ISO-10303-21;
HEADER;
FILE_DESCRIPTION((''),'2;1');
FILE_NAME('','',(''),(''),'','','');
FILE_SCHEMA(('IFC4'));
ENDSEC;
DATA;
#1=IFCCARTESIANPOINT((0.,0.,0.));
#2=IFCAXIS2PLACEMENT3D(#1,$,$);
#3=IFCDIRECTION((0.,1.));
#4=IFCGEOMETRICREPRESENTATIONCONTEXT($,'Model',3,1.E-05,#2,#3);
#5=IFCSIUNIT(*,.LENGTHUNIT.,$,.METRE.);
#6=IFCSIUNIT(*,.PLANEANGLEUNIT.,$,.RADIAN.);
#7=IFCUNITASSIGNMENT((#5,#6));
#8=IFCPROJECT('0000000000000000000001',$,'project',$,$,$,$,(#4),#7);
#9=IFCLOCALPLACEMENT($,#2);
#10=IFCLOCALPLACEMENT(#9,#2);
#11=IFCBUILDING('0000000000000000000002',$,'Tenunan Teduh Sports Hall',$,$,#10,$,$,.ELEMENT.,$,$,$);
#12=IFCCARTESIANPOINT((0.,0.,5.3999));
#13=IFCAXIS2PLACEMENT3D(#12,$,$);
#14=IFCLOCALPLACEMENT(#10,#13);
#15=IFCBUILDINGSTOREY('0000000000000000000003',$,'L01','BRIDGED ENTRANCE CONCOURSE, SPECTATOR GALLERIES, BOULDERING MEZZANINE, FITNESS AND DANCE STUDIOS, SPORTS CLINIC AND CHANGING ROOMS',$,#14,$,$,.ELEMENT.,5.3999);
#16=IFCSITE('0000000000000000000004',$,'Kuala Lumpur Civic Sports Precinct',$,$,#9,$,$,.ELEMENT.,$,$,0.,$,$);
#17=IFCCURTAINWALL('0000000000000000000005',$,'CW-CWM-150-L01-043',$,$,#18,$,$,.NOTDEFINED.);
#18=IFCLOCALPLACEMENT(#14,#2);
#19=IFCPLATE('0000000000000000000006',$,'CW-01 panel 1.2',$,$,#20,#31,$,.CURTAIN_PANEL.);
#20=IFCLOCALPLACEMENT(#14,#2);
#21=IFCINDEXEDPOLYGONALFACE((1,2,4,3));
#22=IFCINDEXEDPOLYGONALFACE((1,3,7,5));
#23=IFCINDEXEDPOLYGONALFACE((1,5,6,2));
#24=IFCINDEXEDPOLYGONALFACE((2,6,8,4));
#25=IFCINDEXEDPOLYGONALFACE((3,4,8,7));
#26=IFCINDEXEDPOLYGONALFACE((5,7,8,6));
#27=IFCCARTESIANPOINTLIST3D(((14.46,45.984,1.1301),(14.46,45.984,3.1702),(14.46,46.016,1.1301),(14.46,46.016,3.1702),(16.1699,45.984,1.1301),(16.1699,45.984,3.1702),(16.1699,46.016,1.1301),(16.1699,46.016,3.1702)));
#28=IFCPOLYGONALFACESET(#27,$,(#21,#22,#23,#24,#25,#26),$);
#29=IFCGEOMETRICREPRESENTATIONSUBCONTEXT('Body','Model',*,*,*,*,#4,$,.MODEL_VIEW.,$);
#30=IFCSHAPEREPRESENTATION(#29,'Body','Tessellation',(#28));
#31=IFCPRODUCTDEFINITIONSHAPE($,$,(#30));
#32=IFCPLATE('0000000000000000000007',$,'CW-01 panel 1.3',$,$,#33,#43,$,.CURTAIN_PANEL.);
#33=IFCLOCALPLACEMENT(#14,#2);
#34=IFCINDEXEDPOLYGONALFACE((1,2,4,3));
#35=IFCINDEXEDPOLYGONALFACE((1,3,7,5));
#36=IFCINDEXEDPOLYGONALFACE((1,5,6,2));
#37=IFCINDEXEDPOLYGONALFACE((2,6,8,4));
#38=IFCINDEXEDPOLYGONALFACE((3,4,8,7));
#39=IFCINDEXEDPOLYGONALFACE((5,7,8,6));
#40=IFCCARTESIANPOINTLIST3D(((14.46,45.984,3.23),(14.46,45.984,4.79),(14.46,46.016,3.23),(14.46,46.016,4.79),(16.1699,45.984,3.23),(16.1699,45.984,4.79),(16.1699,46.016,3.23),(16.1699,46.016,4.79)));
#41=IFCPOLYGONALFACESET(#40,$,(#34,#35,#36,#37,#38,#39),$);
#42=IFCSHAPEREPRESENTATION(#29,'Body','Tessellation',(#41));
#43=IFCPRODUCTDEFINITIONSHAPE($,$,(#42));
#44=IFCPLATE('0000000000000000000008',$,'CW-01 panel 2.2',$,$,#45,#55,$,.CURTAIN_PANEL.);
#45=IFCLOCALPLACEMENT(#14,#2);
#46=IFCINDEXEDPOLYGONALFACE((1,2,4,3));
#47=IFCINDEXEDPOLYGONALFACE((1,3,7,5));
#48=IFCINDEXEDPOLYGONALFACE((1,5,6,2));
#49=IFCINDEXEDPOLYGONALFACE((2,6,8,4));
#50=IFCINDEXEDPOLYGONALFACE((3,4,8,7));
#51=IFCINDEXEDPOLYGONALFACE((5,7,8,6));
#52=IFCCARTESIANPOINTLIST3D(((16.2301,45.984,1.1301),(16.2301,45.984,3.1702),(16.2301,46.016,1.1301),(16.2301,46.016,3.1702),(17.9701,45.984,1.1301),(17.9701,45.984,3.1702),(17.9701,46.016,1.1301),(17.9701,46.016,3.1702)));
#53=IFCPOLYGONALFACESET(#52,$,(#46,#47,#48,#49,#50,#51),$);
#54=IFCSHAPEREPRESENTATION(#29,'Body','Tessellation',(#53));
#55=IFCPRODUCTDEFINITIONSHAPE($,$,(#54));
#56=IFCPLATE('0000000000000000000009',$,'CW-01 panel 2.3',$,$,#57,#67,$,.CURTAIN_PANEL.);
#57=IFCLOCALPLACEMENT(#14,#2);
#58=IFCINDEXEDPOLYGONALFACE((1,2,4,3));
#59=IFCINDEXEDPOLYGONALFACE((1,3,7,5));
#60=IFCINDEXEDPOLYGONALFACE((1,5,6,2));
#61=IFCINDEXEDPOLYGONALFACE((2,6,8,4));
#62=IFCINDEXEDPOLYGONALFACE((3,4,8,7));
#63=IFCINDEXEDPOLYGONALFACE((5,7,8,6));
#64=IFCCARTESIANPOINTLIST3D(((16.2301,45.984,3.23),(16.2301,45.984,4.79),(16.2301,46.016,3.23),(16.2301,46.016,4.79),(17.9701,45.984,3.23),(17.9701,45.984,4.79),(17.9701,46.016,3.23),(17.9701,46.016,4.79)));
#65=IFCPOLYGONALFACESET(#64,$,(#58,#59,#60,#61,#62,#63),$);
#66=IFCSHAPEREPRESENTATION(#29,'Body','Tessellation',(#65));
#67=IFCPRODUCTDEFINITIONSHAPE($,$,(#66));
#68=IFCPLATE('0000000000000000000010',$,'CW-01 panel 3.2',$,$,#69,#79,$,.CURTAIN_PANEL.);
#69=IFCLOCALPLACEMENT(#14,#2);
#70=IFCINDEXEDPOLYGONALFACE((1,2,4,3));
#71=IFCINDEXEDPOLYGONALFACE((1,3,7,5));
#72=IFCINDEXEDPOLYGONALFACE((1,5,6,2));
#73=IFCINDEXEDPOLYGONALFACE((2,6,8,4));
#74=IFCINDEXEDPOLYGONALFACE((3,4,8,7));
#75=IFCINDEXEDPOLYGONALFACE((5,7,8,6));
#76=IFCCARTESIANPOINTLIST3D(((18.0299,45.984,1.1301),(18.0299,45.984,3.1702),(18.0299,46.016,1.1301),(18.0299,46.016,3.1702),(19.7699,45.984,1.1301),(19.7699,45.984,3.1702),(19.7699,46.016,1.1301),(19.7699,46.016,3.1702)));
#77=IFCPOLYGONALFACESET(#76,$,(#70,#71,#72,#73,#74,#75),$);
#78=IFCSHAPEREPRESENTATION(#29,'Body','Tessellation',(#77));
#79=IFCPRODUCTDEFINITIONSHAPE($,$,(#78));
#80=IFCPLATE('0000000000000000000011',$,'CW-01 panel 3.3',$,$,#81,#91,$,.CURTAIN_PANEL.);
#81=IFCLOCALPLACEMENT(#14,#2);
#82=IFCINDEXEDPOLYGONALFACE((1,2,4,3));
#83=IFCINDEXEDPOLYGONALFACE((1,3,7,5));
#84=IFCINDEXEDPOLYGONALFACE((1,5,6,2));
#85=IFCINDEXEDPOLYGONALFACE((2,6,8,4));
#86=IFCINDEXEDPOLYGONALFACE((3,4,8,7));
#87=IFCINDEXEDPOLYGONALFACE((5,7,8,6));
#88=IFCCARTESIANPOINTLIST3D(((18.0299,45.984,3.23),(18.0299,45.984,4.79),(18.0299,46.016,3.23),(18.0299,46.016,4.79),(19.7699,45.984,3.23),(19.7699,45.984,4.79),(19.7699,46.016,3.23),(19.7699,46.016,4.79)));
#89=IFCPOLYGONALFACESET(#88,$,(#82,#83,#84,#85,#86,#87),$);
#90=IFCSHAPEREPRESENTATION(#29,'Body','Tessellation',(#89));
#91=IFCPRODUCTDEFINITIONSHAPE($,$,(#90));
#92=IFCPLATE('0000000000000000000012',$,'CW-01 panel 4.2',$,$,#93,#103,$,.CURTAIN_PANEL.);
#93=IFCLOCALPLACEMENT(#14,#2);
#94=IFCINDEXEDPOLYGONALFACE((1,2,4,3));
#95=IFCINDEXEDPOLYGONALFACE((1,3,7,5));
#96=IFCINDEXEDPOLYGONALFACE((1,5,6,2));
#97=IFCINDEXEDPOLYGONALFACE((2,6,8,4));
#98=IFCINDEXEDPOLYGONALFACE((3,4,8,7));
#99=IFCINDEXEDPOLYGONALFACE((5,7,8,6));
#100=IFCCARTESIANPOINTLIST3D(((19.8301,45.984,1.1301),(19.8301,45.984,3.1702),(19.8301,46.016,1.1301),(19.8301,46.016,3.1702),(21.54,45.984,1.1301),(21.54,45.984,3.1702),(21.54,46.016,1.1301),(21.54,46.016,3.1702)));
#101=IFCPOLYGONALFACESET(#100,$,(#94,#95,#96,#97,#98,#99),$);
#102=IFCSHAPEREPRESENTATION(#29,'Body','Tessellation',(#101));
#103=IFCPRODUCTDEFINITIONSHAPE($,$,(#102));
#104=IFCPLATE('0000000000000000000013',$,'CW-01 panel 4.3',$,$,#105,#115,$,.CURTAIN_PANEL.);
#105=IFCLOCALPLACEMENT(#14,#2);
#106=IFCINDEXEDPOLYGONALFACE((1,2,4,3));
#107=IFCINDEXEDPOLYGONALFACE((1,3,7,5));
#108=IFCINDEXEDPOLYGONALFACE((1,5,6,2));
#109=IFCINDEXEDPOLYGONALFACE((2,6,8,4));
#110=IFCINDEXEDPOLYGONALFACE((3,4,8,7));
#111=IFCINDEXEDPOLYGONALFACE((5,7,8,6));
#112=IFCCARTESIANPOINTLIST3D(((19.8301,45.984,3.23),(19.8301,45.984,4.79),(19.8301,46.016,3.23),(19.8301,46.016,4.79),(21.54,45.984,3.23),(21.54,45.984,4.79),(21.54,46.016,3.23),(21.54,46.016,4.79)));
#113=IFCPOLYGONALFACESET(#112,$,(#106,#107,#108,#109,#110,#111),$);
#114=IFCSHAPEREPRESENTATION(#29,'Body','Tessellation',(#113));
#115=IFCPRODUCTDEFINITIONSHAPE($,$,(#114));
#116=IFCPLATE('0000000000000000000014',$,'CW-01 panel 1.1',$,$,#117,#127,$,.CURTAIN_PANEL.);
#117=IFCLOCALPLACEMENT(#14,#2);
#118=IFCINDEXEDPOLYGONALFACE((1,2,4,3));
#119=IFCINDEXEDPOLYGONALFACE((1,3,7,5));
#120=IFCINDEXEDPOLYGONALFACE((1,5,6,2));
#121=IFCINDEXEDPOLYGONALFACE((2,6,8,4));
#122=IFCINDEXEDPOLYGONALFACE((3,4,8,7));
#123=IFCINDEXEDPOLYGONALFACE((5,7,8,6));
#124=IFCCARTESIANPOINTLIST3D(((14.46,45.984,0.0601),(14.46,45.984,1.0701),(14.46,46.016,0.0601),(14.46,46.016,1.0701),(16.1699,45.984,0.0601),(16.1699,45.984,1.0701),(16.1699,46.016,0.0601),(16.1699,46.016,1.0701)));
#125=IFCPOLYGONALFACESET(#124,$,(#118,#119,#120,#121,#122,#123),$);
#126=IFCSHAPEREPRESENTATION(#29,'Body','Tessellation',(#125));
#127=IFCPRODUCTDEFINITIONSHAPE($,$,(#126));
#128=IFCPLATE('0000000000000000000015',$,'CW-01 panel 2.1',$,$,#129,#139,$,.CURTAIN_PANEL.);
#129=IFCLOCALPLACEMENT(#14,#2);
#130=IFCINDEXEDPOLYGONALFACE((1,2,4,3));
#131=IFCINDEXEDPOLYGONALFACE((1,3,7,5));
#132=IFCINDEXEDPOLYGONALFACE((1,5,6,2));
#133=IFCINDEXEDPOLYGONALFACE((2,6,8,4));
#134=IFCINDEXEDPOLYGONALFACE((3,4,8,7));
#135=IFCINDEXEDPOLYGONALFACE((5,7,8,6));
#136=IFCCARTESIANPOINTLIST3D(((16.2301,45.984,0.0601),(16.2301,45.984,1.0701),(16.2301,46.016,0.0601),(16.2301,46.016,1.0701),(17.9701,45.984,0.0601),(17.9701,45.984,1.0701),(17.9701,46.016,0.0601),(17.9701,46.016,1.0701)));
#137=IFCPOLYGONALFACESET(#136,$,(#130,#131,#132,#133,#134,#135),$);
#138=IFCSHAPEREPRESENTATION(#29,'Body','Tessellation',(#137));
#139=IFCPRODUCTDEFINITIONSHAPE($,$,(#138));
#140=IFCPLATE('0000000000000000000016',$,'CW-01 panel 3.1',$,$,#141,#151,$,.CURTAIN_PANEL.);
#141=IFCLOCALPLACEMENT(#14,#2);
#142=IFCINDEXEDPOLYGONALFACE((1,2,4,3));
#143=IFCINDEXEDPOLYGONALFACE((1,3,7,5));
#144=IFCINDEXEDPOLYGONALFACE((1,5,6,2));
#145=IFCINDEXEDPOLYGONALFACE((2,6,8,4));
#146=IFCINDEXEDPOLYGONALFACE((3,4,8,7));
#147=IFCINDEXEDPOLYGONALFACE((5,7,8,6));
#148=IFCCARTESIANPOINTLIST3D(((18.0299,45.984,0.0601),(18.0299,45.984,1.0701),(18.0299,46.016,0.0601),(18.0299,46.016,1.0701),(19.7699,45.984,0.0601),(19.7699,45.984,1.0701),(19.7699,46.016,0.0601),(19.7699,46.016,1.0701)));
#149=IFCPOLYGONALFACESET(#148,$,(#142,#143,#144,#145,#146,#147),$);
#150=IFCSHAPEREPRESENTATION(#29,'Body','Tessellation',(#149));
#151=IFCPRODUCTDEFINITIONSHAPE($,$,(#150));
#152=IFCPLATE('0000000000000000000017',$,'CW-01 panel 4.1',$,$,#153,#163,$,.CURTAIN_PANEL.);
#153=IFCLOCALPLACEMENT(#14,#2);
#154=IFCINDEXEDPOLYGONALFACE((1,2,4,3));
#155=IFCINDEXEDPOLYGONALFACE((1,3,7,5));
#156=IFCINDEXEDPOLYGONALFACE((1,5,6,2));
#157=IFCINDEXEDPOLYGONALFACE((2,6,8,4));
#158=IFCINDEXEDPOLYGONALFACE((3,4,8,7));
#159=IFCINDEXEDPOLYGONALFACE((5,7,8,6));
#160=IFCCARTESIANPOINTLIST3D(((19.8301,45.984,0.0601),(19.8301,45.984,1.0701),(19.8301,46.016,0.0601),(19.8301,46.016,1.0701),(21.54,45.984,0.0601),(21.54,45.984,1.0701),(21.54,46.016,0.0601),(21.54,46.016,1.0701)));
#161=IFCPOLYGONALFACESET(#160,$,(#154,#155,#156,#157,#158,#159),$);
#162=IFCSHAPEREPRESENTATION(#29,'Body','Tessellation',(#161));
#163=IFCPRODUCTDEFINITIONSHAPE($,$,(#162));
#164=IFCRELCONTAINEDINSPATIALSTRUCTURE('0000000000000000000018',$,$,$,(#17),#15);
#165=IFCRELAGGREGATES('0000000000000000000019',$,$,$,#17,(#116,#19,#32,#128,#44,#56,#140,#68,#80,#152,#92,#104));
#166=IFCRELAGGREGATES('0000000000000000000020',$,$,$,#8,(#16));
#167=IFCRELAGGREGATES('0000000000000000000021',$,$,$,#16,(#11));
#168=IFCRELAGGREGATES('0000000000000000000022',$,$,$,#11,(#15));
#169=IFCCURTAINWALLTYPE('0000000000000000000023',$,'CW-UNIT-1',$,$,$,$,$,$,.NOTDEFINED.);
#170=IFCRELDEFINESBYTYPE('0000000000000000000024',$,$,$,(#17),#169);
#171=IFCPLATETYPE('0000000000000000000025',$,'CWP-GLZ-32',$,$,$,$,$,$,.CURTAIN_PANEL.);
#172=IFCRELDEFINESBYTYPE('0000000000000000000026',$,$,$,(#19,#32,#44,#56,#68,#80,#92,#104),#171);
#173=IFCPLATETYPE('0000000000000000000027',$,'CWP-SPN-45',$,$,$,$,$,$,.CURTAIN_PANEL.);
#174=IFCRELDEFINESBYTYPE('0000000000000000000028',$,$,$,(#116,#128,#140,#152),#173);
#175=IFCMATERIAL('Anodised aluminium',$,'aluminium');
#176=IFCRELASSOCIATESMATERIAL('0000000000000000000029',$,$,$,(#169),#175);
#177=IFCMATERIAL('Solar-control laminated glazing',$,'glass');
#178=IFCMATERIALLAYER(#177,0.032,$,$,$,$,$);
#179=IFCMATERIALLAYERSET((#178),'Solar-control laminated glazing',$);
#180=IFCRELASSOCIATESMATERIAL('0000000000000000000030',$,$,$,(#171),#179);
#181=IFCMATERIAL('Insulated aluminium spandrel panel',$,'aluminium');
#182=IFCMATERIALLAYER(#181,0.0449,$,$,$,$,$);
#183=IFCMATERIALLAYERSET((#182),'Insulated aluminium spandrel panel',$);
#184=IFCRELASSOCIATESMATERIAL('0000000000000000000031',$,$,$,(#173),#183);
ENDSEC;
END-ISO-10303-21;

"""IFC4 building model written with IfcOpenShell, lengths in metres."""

from ifc_helpers import new_model, si_unit, direction, frame, origin, origin_2d, place, context, subcontext, project, spatial, rectangle, extrude, material, layer, layer_set, type_object, element, aggregate, save


model = new_model("IFC4")

# Units and contexts
model_context = context("Model", 3, precision=1e-05, world=origin(), true_north=direction((0.0, 1.0)))
body_context = subcontext(model_context, "Body", "Model", "MODEL_VIEW")
ifc_project = project(units=[si_unit("LENGTHUNIT", "METRE"), si_unit("PLANEANGLEUNIT", "RADIAN")], contexts=[model_context])

# Site, building, storey
site_placement = place(None, origin())
site = spatial("IfcSite", under=ifc_project, at=site_placement, Name="Kuala Lumpur Civic Sports Precinct", CompositionType="ELEMENT", RefElevation=0.0)
building_placement = place(site_placement, origin())
building = spatial("IfcBuilding", under=site, at=building_placement, Name="Tenunan Teduh Sports Hall", CompositionType="ELEMENT")
storey_placement = place(building_placement, frame((0.0, 0.0, 5.3999)))
storey = spatial("IfcBuildingStorey", under=building, at=storey_placement, Name="L01", Description="BRIDGED ENTRANCE CONCOURSE, SPECTATOR GALLERIES, BOULDERING MEZZANINE, FITNESS AND DANCE STUDIOS, SPORTS CLINIC AND CHANGING ROOMS", CompositionType="ELEMENT", Elevation=5.3999)

# Curtain wall
ifc_material_1 = material(Name="Anodised aluminium", Category="aluminium")
curtain_wall_type = type_object("IfcCurtainWallType", Name="CW-UNIT-1", PredefinedType="NOTDEFINED", material=ifc_material_1)
curtain_wall_1_placement = place(storey_placement, origin())
curtain_wall_1 = element("IfcCurtainWall", 1, at=curtain_wall_1_placement, inside=storey, type_object=curtain_wall_type, Name="CW-CWM-150-L01-043", PredefinedType="NOTDEFINED")

# Plates
ifc_material_2 = material(Name="Solar-control laminated glazing", Category="glass")
ifc_layer_1 = layer(ifc_material_2, 0.032)
ifc_layer_set_1 = layer_set([ifc_layer_1], Name="Solar-control laminated glazing")
plate_type_1 = type_object("IfcPlateType", Name="CWP-GLZ-32", PredefinedType="CURTAIN_PANEL", material=ifc_layer_set_1)
plate_1_placement = place(storey_placement, frame((15.3149, 46.0, 1.1301), z_axis=(0.0, 0.0, 1.0), x_axis=(1.0, 0.0, 0.0)))
plate_1 = element("IfcPlate", 2, at=plate_1_placement, type_object=plate_type_1, Name="CW-01 panel 1.2", PredefinedType="CURTAIN_PANEL", context=body_context, shape_type="SweptSolid", body=[
    extrude(rectangle(XDim=1.71, YDim=0.032, at=origin_2d()), origin(), (0.0, 0.0, 1.0), 2.04),
])
plate_2_placement = place(storey_placement, frame((15.3149, 46.0, 3.23), z_axis=(0.0, 0.0, 1.0), x_axis=(1.0, 0.0, 0.0)))
plate_2 = element("IfcPlate", 3, at=plate_2_placement, type_object=plate_type_1, Name="CW-01 panel 1.3", PredefinedType="CURTAIN_PANEL", context=body_context, shape_type="SweptSolid", body=[
    extrude(rectangle(XDim=1.71, YDim=0.032, at=origin_2d()), origin(), (0.0, 0.0, 1.0), 1.5601),
])
plate_3_placement = place(storey_placement, frame((17.1001, 46.0, 1.1301), z_axis=(0.0, 0.0, 1.0), x_axis=(1.0, 0.0, 0.0)))
plate_3 = element("IfcPlate", 4, at=plate_3_placement, type_object=plate_type_1, Name="CW-01 panel 2.2", PredefinedType="CURTAIN_PANEL", context=body_context, shape_type="SweptSolid", body=[
    extrude(rectangle(XDim=1.74, YDim=0.032, at=origin_2d()), origin(), (0.0, 0.0, 1.0), 2.04),
])
plate_4_placement = place(storey_placement, frame((17.1001, 46.0, 3.23), z_axis=(0.0, 0.0, 1.0), x_axis=(1.0, 0.0, 0.0)))
plate_4 = element("IfcPlate", 5, at=plate_4_placement, type_object=plate_type_1, Name="CW-01 panel 2.3", PredefinedType="CURTAIN_PANEL", context=body_context, shape_type="SweptSolid", body=[
    extrude(rectangle(XDim=1.74, YDim=0.032, at=origin_2d()), origin(), (0.0, 0.0, 1.0), 1.5601),
])
plate_5_placement = place(storey_placement, frame((18.8999, 46.0, 1.1301), z_axis=(0.0, 0.0, 1.0), x_axis=(1.0, 0.0, 0.0)))
plate_5 = element("IfcPlate", 6, at=plate_5_placement, type_object=plate_type_1, Name="CW-01 panel 3.2", PredefinedType="CURTAIN_PANEL", context=body_context, shape_type="SweptSolid", body=[
    extrude(rectangle(XDim=1.74, YDim=0.032, at=origin_2d()), origin(), (0.0, 0.0, 1.0), 2.04),
])
plate_6_placement = place(storey_placement, frame((18.8999, 46.0, 3.23), z_axis=(0.0, 0.0, 1.0), x_axis=(1.0, 0.0, 0.0)))
plate_6 = element("IfcPlate", 7, at=plate_6_placement, type_object=plate_type_1, Name="CW-01 panel 3.3", PredefinedType="CURTAIN_PANEL", context=body_context, shape_type="SweptSolid", body=[
    extrude(rectangle(XDim=1.74, YDim=0.032, at=origin_2d()), origin(), (0.0, 0.0, 1.0), 1.5601),
])
plate_7_placement = place(storey_placement, frame((20.6851, 46.0, 1.1301), z_axis=(0.0, 0.0, 1.0), x_axis=(1.0, 0.0, 0.0)))
plate_7 = element("IfcPlate", 8, at=plate_7_placement, type_object=plate_type_1, Name="CW-01 panel 4.2", PredefinedType="CURTAIN_PANEL", context=body_context, shape_type="SweptSolid", body=[
    extrude(rectangle(XDim=1.71, YDim=0.032, at=origin_2d()), origin(), (0.0, 0.0, 1.0), 2.04),
])
plate_8_placement = place(storey_placement, frame((20.6851, 46.0, 3.23), z_axis=(0.0, 0.0, 1.0), x_axis=(1.0, 0.0, 0.0)))
plate_8 = element("IfcPlate", 9, at=plate_8_placement, type_object=plate_type_1, Name="CW-01 panel 4.3", PredefinedType="CURTAIN_PANEL", context=body_context, shape_type="SweptSolid", body=[
    extrude(rectangle(XDim=1.71, YDim=0.032, at=origin_2d()), origin(), (0.0, 0.0, 1.0), 1.5601),
])
ifc_material_3 = material(Name="Insulated aluminium spandrel panel", Category="aluminium")
ifc_layer_2 = layer(ifc_material_3, 0.0449)
ifc_layer_set_2 = layer_set([ifc_layer_2], Name="Insulated aluminium spandrel panel")
plate_type_2 = type_object("IfcPlateType", Name="CWP-SPN-45", PredefinedType="CURTAIN_PANEL", material=ifc_layer_set_2)
plate_9_placement = place(storey_placement, frame((15.3149, 46.0, 0.0601), z_axis=(0.0, 0.0, 1.0), x_axis=(1.0, 0.0, 0.0)))
plate_9 = element("IfcPlate", 10, at=plate_9_placement, type_object=plate_type_2, Name="CW-01 panel 1.1", PredefinedType="CURTAIN_PANEL", context=body_context, shape_type="SweptSolid", body=[
    extrude(rectangle(XDim=1.71, YDim=0.032, at=origin_2d()), origin(), (0.0, 0.0, 1.0), 1.01),
])
plate_10_placement = place(storey_placement, frame((17.1001, 46.0, 0.0601), z_axis=(0.0, 0.0, 1.0), x_axis=(1.0, 0.0, 0.0)))
plate_10 = element("IfcPlate", 11, at=plate_10_placement, type_object=plate_type_2, Name="CW-01 panel 2.1", PredefinedType="CURTAIN_PANEL", context=body_context, shape_type="SweptSolid", body=[
    extrude(rectangle(XDim=1.74, YDim=0.032, at=origin_2d()), origin(), (0.0, 0.0, 1.0), 1.01),
])
plate_11_placement = place(storey_placement, frame((18.8999, 46.0, 0.0601), z_axis=(0.0, 0.0, 1.0), x_axis=(1.0, 0.0, 0.0)))
plate_11 = element("IfcPlate", 12, at=plate_11_placement, type_object=plate_type_2, Name="CW-01 panel 3.1", PredefinedType="CURTAIN_PANEL", context=body_context, shape_type="SweptSolid", body=[
    extrude(rectangle(XDim=1.74, YDim=0.032, at=origin_2d()), origin(), (0.0, 0.0, 1.0), 1.01),
])
plate_12_placement = place(storey_placement, frame((20.6851, 46.0, 0.0601), z_axis=(0.0, 0.0, 1.0), x_axis=(1.0, 0.0, 0.0)))
plate_12 = element("IfcPlate", 13, at=plate_12_placement, type_object=plate_type_2, Name="CW-01 panel 4.1", PredefinedType="CURTAIN_PANEL", context=body_context, shape_type="SweptSolid", body=[
    extrude(rectangle(XDim=1.71, YDim=0.032, at=origin_2d()), origin(), (0.0, 0.0, 1.0), 1.01),
])
aggregate(curtain_wall_1, [plate_9, plate_1, plate_2, plate_10, plate_3, plate_4, plate_11, plate_5, plate_6, plate_12, plate_7, plate_8])

save(model, "model.ifc")
